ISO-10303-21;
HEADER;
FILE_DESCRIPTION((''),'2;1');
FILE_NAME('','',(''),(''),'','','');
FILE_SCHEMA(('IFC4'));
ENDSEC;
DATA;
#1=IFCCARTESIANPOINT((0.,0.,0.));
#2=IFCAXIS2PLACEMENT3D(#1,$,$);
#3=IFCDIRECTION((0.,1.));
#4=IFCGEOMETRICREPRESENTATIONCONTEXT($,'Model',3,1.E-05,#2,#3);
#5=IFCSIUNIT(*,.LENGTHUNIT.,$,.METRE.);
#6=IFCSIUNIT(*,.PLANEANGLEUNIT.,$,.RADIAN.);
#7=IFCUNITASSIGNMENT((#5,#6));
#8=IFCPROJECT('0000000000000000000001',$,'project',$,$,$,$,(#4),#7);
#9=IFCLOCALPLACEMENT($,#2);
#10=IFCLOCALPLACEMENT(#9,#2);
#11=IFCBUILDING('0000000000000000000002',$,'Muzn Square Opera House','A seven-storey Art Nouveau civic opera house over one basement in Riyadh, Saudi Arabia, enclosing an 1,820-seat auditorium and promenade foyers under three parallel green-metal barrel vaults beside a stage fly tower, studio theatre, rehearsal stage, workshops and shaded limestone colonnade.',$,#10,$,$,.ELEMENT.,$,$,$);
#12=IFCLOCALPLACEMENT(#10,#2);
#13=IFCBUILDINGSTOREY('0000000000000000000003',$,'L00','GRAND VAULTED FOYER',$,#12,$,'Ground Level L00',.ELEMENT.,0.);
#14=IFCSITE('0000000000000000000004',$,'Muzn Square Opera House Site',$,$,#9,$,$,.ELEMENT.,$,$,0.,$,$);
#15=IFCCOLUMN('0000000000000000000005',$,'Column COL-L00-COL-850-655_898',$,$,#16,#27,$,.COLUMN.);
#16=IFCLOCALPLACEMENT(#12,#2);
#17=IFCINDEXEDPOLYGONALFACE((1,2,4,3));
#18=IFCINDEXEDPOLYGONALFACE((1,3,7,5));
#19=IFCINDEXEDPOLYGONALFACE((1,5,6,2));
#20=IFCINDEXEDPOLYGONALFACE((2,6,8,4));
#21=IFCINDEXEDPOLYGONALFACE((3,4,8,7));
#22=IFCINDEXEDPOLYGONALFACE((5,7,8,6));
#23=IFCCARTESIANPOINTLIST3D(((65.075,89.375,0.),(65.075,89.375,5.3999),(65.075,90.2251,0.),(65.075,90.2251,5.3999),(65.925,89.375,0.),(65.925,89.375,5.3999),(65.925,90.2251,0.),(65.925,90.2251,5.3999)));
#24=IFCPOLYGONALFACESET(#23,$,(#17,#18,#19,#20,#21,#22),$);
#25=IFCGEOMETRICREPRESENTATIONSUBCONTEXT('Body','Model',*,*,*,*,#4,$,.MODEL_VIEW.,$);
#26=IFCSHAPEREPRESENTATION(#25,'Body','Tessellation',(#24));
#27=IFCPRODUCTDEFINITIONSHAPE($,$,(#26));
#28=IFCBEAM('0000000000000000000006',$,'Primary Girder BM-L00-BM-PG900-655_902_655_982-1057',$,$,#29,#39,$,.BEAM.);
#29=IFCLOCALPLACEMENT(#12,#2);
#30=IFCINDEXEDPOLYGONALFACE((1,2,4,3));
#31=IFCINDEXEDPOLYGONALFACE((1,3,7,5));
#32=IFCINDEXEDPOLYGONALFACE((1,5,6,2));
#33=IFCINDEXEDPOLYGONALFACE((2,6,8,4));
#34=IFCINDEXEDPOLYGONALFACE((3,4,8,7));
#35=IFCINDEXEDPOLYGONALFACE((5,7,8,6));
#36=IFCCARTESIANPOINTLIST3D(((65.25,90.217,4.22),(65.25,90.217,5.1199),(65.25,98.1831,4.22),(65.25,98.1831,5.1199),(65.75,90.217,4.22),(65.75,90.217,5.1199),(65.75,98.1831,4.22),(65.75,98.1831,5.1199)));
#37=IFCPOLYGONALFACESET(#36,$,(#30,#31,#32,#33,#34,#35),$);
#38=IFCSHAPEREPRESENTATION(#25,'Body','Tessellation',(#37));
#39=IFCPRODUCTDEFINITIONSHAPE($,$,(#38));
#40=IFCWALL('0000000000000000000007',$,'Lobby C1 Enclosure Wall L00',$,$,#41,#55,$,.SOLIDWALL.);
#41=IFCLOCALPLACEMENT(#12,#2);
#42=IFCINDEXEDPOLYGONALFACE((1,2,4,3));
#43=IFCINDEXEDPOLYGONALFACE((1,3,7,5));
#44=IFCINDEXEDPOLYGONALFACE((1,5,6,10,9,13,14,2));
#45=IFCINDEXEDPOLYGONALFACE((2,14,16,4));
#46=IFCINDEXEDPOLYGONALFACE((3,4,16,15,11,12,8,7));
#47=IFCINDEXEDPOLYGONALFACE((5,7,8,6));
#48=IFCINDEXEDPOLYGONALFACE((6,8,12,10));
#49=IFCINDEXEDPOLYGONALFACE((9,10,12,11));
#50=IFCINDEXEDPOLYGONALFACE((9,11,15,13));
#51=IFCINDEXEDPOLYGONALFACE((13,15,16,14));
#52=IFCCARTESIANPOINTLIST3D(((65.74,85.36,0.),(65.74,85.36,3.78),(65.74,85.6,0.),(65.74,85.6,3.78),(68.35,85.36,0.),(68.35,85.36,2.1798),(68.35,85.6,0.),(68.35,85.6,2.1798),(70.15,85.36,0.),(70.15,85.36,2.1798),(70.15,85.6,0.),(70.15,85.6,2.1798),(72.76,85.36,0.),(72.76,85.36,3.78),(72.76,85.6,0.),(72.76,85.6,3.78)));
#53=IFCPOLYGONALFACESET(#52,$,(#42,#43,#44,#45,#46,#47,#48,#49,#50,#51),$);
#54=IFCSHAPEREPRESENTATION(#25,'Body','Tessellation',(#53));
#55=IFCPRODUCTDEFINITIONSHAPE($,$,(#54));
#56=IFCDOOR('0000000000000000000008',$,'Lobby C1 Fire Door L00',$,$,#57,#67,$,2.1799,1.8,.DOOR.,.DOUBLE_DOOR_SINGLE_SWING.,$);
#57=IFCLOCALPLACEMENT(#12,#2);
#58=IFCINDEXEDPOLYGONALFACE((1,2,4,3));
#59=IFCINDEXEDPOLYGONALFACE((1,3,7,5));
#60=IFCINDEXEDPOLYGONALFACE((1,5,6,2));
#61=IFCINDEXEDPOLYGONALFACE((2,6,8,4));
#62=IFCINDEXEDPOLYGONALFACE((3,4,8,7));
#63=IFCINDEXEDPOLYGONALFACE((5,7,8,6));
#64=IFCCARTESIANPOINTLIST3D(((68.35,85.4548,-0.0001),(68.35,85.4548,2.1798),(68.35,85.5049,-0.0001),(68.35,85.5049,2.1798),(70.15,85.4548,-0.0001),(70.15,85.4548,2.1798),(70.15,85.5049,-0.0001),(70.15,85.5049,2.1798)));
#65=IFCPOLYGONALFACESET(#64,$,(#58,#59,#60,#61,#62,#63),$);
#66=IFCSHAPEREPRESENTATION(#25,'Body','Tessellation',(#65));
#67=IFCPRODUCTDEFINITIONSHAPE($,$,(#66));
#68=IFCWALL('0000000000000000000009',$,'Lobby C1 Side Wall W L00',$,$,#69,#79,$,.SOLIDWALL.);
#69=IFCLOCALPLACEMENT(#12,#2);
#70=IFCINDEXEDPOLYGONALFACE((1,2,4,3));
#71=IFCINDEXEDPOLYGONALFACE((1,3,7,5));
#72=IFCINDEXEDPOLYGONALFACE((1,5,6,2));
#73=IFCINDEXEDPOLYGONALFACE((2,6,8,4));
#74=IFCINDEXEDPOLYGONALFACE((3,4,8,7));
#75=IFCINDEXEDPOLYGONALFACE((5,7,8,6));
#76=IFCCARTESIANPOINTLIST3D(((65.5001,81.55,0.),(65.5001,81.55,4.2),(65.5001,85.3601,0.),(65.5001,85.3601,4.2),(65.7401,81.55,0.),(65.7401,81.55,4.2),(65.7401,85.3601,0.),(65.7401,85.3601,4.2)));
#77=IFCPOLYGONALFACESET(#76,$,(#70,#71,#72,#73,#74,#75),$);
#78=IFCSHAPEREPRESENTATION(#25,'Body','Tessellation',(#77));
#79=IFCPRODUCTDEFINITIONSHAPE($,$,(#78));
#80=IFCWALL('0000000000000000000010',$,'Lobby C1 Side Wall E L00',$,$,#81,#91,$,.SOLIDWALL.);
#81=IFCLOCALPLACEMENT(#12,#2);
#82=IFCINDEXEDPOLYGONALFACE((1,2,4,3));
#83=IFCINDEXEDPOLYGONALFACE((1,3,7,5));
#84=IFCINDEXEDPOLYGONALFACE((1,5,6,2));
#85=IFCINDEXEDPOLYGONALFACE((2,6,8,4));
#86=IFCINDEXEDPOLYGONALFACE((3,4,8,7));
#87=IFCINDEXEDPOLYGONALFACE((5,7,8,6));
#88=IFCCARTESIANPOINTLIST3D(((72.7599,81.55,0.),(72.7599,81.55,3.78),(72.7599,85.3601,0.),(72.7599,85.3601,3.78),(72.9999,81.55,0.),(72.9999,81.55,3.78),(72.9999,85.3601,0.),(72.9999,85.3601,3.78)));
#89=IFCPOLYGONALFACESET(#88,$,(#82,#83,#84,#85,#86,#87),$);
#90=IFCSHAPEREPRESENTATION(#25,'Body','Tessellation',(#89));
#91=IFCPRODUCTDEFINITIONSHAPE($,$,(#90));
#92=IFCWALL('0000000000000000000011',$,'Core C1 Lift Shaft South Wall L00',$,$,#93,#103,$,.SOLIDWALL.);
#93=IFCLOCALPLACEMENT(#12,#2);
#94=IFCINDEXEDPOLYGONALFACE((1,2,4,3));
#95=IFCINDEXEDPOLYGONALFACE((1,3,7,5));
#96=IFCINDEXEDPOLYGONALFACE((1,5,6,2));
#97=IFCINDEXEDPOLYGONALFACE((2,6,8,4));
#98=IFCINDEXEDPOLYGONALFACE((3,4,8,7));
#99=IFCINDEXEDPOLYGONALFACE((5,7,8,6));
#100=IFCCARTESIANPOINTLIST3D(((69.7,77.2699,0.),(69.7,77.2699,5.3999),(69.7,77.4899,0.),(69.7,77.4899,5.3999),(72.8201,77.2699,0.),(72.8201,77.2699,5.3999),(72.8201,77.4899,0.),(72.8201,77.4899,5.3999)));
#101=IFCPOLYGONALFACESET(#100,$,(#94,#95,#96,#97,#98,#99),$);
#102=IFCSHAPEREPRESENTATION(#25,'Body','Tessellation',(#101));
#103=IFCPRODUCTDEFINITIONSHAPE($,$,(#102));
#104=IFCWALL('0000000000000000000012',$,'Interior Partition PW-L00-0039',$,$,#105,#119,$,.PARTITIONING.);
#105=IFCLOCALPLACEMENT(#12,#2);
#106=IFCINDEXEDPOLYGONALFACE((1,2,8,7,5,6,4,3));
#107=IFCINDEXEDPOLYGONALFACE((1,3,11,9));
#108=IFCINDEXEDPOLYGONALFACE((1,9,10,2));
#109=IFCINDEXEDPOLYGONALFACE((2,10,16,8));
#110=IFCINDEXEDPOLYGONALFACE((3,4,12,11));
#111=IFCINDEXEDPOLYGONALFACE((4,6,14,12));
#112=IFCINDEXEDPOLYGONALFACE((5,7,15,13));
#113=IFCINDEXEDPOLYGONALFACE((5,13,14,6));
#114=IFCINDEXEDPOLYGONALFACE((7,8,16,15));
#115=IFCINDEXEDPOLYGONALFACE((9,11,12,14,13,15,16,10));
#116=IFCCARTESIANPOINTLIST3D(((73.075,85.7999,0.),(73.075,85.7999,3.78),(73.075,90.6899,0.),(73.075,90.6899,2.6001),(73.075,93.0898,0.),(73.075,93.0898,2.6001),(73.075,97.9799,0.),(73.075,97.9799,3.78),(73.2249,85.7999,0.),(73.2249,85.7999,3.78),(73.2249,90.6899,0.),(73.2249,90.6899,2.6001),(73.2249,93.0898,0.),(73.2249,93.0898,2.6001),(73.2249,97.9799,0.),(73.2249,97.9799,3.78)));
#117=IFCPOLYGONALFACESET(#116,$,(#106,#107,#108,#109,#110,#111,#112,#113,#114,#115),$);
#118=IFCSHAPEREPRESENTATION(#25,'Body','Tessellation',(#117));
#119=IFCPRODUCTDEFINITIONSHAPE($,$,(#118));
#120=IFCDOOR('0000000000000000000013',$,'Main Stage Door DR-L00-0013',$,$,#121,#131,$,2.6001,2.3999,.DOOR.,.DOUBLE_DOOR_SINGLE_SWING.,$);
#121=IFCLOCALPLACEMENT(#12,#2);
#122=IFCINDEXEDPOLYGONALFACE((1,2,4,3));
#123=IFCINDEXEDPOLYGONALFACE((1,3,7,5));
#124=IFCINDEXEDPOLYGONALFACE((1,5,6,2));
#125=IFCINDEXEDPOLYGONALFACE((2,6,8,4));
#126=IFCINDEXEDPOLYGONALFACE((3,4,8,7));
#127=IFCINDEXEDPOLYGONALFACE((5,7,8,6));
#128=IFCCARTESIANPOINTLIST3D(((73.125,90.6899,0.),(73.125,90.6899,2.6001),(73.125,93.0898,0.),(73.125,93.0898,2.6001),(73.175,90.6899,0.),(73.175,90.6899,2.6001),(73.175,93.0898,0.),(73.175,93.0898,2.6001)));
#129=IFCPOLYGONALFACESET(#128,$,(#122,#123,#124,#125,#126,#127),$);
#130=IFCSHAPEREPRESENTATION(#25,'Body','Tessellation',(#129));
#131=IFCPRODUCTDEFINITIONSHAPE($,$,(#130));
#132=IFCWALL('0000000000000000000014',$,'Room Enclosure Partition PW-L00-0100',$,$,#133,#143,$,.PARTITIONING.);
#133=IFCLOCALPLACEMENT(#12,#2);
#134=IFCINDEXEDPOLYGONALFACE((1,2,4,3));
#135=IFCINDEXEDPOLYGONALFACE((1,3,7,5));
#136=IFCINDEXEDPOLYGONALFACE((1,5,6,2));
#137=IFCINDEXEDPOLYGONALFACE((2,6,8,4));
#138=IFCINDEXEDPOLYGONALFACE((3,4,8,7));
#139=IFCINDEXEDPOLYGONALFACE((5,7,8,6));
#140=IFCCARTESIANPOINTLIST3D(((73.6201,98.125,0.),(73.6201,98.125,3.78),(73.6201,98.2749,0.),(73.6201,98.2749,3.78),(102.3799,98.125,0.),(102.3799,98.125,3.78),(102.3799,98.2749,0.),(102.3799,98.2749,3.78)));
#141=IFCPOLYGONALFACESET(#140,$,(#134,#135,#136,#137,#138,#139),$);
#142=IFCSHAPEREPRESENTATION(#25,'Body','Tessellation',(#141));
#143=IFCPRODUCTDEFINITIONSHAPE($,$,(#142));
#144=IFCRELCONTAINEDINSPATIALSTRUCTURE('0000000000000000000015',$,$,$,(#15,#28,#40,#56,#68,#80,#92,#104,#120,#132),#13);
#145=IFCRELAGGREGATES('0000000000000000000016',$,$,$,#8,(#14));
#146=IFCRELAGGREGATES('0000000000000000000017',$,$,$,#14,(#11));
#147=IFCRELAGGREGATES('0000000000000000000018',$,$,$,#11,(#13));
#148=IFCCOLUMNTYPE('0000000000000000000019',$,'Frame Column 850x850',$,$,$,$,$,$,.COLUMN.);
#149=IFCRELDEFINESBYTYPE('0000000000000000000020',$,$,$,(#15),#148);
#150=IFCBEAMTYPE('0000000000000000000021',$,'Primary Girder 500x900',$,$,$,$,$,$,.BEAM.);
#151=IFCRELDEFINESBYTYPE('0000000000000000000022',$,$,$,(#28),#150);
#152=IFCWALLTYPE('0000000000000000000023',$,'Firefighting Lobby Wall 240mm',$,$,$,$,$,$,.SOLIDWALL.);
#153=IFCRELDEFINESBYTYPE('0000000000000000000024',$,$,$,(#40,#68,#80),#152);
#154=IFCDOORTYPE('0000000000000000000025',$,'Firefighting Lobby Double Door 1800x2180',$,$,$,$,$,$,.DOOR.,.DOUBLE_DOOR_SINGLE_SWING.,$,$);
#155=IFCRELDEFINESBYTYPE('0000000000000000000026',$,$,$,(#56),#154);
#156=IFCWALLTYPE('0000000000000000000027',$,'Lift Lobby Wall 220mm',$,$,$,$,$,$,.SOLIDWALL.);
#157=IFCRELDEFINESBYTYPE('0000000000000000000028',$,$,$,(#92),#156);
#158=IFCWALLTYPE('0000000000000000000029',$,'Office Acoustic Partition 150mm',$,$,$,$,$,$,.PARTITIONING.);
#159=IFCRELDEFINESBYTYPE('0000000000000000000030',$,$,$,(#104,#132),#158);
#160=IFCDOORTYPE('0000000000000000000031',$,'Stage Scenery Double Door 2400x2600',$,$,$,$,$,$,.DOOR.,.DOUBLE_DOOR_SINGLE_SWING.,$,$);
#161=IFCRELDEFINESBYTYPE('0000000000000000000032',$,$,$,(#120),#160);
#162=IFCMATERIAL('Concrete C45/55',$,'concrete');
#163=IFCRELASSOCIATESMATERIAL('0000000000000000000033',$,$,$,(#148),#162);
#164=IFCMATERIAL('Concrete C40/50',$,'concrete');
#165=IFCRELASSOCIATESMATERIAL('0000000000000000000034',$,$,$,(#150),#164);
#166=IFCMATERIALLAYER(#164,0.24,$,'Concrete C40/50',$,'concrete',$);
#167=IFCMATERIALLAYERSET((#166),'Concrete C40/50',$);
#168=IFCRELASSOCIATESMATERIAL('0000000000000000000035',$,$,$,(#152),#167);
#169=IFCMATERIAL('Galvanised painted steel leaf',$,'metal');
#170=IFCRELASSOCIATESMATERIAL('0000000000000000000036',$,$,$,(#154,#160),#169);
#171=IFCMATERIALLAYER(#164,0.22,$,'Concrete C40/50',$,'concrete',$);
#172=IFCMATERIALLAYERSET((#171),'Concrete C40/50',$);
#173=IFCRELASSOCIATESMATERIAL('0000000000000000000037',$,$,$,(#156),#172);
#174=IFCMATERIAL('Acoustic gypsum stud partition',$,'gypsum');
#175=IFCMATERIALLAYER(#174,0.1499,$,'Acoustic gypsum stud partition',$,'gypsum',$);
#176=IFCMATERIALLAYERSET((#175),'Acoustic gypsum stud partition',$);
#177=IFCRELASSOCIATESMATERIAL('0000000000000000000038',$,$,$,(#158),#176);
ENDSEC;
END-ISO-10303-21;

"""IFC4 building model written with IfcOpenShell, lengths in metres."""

from ifc_helpers import new_model, si_unit, direction, frame, frame_2d, origin, origin_2d, place, context, subcontext, project, spatial, rectangle, extrude, material, layer, layer_set, material_profile, profile_set, type_object, element, fill, save


model = new_model("IFC4")

# Units and contexts
model_context = context("Model", 3, precision=1e-05, world=origin(), true_north=direction((0.0, 1.0)))
body_context = subcontext(model_context, "Body", "Model", "MODEL_VIEW")
ifc_project = project(units=[si_unit("LENGTHUNIT", "METRE"), si_unit("PLANEANGLEUNIT", "RADIAN")], contexts=[model_context])

# Site, building, storey
site_placement = place(None, origin())
site = spatial("IfcSite", under=ifc_project, at=site_placement, Name="Muzn Square Opera House Site", CompositionType="ELEMENT", RefElevation=0.0)
building_placement = place(site_placement, origin())
building = spatial("IfcBuilding", under=site, at=building_placement, Name="Muzn Square Opera House", Description="A seven-storey Art Nouveau civic opera house over one basement in Riyadh, Saudi Arabia, enclosing an 1,820-seat auditorium and promenade foyers under three parallel green-metal barrel vaults beside a stage fly tower, studio theatre, rehearsal stage, workshops and shaded limestone colonnade.", CompositionType="ELEMENT")
storey_placement = place(building_placement, origin())
storey = spatial("IfcBuildingStorey", under=building, at=storey_placement, Name="L00", Description="GRAND VAULTED FOYER", LongName="Ground Level L00", CompositionType="ELEMENT", Elevation=0.0)

# Column
ifc_material_1 = material(Name="Concrete C45/55", Category="concrete")
ifc_material_profile_1 = material_profile(ifc_material_1, rectangle(XDim=0.8501, YDim=0.8501, at=origin_2d()), Name="RC 850x850", Category="concrete")
ifc_profile_set_1 = profile_set([ifc_material_profile_1], Name="Concrete C45/55")
column_type = type_object("IfcColumnType", Name="Frame Column 850x850", PredefinedType="COLUMN", material=ifc_profile_set_1)
column_placement = place(storey_placement, frame((65.5, 89.8, 0.0), z_axis=(0.0, 0.0, 1.0), x_axis=(1.0, 0.0, 0.0)))
element("IfcColumn", 1, at=column_placement, inside=storey, type_object=column_type, Name="Column COL-L00-COL-850-655_898", PredefinedType="COLUMN", context=body_context, shape_type="SweptSolid", body=[
    extrude(rectangle(XDim=0.8501, YDim=0.8501, at=origin_2d()), origin(), (0.0, 0.0, 1.0), 5.3999),
])

# Beam
ifc_material_2 = material(Name="Concrete C40/50", Category="concrete")
ifc_material_profile_2 = material_profile(ifc_material_2, rectangle(XDim=0.5, YDim=0.8999, at=origin_2d()), Name="RCB 500x900", Category="concrete")
ifc_profile_set_2 = profile_set([ifc_material_profile_2], Name="Concrete C40/50")
beam_type = type_object("IfcBeamType", Name="Primary Girder 500x900", PredefinedType="BEAM", material=ifc_profile_set_2)
beam_placement = place(storey_placement, frame((65.5, 90.217, 4.6699), z_axis=(0.0, 1.0, 0.0), x_axis=(-1.0, 0.0, 0.0)))
element("IfcBeam", 2, at=beam_placement, inside=storey, type_object=beam_type, Name="Primary Girder BM-L00-BM-PG900-655_902_655_982-1057", PredefinedType="BEAM", context=body_context, shape_type="SweptSolid", body=[
    extrude(rectangle(XDim=0.5, YDim=0.8999, at=origin_2d()), origin(), (0.0, 0.0, 1.0), 7.9661),
])

# Wall, opening, door
ifc_layer_1 = layer(ifc_material_2, 0.24, Name="Concrete C40/50", Category="concrete")
ifc_layer_set_1 = layer_set([ifc_layer_1], Name="Concrete C40/50")
wall_type_1 = type_object("IfcWallType", Name="Firefighting Lobby Wall 240mm", PredefinedType="SOLIDWALL", material=ifc_layer_set_1)
wall_1_placement = place(storey_placement, frame((65.74, 85.48, 0.0), z_axis=(0.0, 0.0, 1.0), x_axis=(1.0, 0.0, 0.0)))
wall_1 = element("IfcWall", 3, at=wall_1_placement, inside=storey, type_object=wall_type_1, Name="Lobby C1 Enclosure Wall L00", PredefinedType="SOLIDWALL", context=body_context, shape_type="SweptSolid", body=[
    extrude(rectangle(XDim=7.02, YDim=0.24, at=frame_2d((3.51, 0.0))), origin(), (0.0, 0.0, 1.0), 3.78),
])
opening_1_placement = place(wall_1_placement, frame((2.6101, 0.0, 0.0)))
opening_1 = element("IfcOpeningElement", 4, at=opening_1_placement, cuts=wall_1, PredefinedType="OPENING", context=body_context, shape_type="SweptSolid", body=[
    extrude(rectangle(XDim=1.8, YDim=2.1799, at=frame_2d((0.8999, 1.0898))), frame((0.0, 0.1299, 0.0), z_axis=(0.0, -1.0, 0.0), x_axis=(1.0, 0.0, 0.0)), (0.0, 0.0, 1.0), 0.26),
])
ifc_material_3 = material(Name="Galvanised painted steel leaf", Category="metal")
door_type_1 = type_object("IfcDoorType", Name="Firefighting Lobby Double Door 1800x2180", OperationType="DOUBLE_DOOR_SINGLE_SWING", PredefinedType="DOOR", material=ifc_material_3)
door_1_placement = place(opening_1_placement, origin())
door_1 = element("IfcDoor", 5, at=door_1_placement, inside=storey, type_object=door_type_1, Name="Lobby C1 Fire Door L00", OperationType="DOUBLE_DOOR_SINGLE_SWING", OverallHeight=2.1799, OverallWidth=1.8, PredefinedType="DOOR", context=body_context, shape_type="SweptSolid", body=[
    extrude(rectangle(XDim=1.8, YDim=2.1799, at=frame_2d((0.8999, 1.0898))), frame((0.0, 0.0249, 0.0), z_axis=(0.0, -1.0, 0.0), x_axis=(1.0, 0.0, 0.0)), (0.0, 0.0, 1.0), 0.05),
])
fill(opening_1, door_1)

# Walls
wall_2_placement = place(storey_placement, frame((65.6201, 81.55, 0.0), z_axis=(0.0, 0.0, 1.0), x_axis=(0.0, 1.0, 0.0)))
element("IfcWall", 6, at=wall_2_placement, inside=storey, type_object=wall_type_1, Name="Lobby C1 Side Wall W L00", PredefinedType="SOLIDWALL", context=body_context, shape_type="SweptSolid", body=[
    extrude(rectangle(XDim=3.8101, YDim=0.24, at=frame_2d((1.905, 0.0))), origin(), (0.0, 0.0, 1.0), 4.2),
])
wall_3_placement = place(storey_placement, frame((72.8799, 81.55, 0.0), z_axis=(0.0, 0.0, 1.0), x_axis=(0.0, 1.0, 0.0)))
element("IfcWall", 7, at=wall_3_placement, inside=storey, type_object=wall_type_1, Name="Lobby C1 Side Wall E L00", PredefinedType="SOLIDWALL", context=body_context, shape_type="SweptSolid", body=[
    extrude(rectangle(XDim=3.8101, YDim=0.24, at=frame_2d((1.905, 0.0))), origin(), (0.0, 0.0, 1.0), 3.78),
])
ifc_layer_2 = layer(ifc_material_2, 0.22, Name="Concrete C40/50", Category="concrete")
ifc_layer_set_2 = layer_set([ifc_layer_2], Name="Concrete C40/50")
wall_type_2 = type_object("IfcWallType", Name="Lift Lobby Wall 220mm", PredefinedType="SOLIDWALL", material=ifc_layer_set_2)
wall_4_placement = place(storey_placement, frame((69.7, 77.3799, 0.0), z_axis=(0.0, 0.0, 1.0), x_axis=(1.0, 0.0, 0.0)))
element("IfcWall", 8, at=wall_4_placement, inside=storey, type_object=wall_type_2, Name="Core C1 Lift Shaft South Wall L00", PredefinedType="SOLIDWALL", context=body_context, shape_type="SweptSolid", body=[
    extrude(rectangle(XDim=3.1201, YDim=0.22, at=frame_2d((1.5601, 0.0))), origin(), (0.0, 0.0, 1.0), 5.3999),
])

# Wall, opening, door
ifc_material_4 = material(Name="Acoustic gypsum stud partition", Category="gypsum")
ifc_layer_3 = layer(ifc_material_4, 0.1499, Name="Acoustic gypsum stud partition", Category="gypsum")
ifc_layer_set_3 = layer_set([ifc_layer_3], Name="Acoustic gypsum stud partition")
wall_type_3 = type_object("IfcWallType", Name="Office Acoustic Partition 150mm", PredefinedType="PARTITIONING", material=ifc_layer_set_3)
wall_5_placement = place(storey_placement, frame((73.1499, 85.8, 0.0), z_axis=(0.0, 0.0, 1.0), x_axis=(0.0, 1.0, 0.0)))
wall_5 = element("IfcWall", 9, at=wall_5_placement, inside=storey, type_object=wall_type_3, Name="Interior Partition PW-L00-0039", PredefinedType="PARTITIONING", context=body_context, shape_type="SweptSolid", body=[
    extrude(rectangle(XDim=12.1799, YDim=0.1499, at=frame_2d((6.0898, 0.0))), origin(), (0.0, 0.0, 1.0), 3.78),
])
opening_2_placement = place(wall_5_placement, frame((4.8899, 0.0, 0.0)))
opening_2 = element("IfcOpeningElement", 10, at=opening_2_placement, cuts=wall_5, PredefinedType="OPENING", context=body_context, shape_type="SweptSolid", body=[
    extrude(rectangle(XDim=2.3999, YDim=2.6001, at=frame_2d((1.2, 1.3))), frame((0.0, 0.085, 0.0), z_axis=(0.0, -1.0, 0.0), x_axis=(1.0, 0.0, 0.0)), (0.0, 0.0, 1.0), 0.1699),
])
door_type_2 = type_object("IfcDoorType", Name="Stage Scenery Double Door 2400x2600", OperationType="DOUBLE_DOOR_SINGLE_SWING", PredefinedType="DOOR", material=ifc_material_3)
door_2_placement = place(opening_2_placement, origin())
door_2 = element("IfcDoor", 11, at=door_2_placement, inside=storey, type_object=door_type_2, Name="Main Stage Door DR-L00-0013", OperationType="DOUBLE_DOOR_SINGLE_SWING", OverallHeight=2.6001, OverallWidth=2.3999, PredefinedType="DOOR", context=body_context, shape_type="SweptSolid", body=[
    extrude(rectangle(XDim=2.3999, YDim=2.6001, at=frame_2d((1.2, 1.3))), frame((0.0, 0.0249, 0.0), z_axis=(0.0, -1.0, 0.0), x_axis=(1.0, 0.0, 0.0)), (0.0, 0.0, 1.0), 0.05),
])
fill(opening_2, door_2)

# Wall
wall_6_placement = place(storey_placement, frame((73.6201, 98.2, 0.0), z_axis=(0.0, 0.0, 1.0), x_axis=(1.0, 0.0, 0.0)))
element("IfcWall", 12, at=wall_6_placement, inside=storey, type_object=wall_type_3, Name="Room Enclosure Partition PW-L00-0100", PredefinedType="PARTITIONING", context=body_context, shape_type="SweptSolid", body=[
    extrude(rectangle(XDim=28.7598, YDim=0.1499, at=frame_2d((14.3799, 0.0))), origin(), (0.0, 0.0, 1.0), 3.78),
])

save(model, "model.ifc")
